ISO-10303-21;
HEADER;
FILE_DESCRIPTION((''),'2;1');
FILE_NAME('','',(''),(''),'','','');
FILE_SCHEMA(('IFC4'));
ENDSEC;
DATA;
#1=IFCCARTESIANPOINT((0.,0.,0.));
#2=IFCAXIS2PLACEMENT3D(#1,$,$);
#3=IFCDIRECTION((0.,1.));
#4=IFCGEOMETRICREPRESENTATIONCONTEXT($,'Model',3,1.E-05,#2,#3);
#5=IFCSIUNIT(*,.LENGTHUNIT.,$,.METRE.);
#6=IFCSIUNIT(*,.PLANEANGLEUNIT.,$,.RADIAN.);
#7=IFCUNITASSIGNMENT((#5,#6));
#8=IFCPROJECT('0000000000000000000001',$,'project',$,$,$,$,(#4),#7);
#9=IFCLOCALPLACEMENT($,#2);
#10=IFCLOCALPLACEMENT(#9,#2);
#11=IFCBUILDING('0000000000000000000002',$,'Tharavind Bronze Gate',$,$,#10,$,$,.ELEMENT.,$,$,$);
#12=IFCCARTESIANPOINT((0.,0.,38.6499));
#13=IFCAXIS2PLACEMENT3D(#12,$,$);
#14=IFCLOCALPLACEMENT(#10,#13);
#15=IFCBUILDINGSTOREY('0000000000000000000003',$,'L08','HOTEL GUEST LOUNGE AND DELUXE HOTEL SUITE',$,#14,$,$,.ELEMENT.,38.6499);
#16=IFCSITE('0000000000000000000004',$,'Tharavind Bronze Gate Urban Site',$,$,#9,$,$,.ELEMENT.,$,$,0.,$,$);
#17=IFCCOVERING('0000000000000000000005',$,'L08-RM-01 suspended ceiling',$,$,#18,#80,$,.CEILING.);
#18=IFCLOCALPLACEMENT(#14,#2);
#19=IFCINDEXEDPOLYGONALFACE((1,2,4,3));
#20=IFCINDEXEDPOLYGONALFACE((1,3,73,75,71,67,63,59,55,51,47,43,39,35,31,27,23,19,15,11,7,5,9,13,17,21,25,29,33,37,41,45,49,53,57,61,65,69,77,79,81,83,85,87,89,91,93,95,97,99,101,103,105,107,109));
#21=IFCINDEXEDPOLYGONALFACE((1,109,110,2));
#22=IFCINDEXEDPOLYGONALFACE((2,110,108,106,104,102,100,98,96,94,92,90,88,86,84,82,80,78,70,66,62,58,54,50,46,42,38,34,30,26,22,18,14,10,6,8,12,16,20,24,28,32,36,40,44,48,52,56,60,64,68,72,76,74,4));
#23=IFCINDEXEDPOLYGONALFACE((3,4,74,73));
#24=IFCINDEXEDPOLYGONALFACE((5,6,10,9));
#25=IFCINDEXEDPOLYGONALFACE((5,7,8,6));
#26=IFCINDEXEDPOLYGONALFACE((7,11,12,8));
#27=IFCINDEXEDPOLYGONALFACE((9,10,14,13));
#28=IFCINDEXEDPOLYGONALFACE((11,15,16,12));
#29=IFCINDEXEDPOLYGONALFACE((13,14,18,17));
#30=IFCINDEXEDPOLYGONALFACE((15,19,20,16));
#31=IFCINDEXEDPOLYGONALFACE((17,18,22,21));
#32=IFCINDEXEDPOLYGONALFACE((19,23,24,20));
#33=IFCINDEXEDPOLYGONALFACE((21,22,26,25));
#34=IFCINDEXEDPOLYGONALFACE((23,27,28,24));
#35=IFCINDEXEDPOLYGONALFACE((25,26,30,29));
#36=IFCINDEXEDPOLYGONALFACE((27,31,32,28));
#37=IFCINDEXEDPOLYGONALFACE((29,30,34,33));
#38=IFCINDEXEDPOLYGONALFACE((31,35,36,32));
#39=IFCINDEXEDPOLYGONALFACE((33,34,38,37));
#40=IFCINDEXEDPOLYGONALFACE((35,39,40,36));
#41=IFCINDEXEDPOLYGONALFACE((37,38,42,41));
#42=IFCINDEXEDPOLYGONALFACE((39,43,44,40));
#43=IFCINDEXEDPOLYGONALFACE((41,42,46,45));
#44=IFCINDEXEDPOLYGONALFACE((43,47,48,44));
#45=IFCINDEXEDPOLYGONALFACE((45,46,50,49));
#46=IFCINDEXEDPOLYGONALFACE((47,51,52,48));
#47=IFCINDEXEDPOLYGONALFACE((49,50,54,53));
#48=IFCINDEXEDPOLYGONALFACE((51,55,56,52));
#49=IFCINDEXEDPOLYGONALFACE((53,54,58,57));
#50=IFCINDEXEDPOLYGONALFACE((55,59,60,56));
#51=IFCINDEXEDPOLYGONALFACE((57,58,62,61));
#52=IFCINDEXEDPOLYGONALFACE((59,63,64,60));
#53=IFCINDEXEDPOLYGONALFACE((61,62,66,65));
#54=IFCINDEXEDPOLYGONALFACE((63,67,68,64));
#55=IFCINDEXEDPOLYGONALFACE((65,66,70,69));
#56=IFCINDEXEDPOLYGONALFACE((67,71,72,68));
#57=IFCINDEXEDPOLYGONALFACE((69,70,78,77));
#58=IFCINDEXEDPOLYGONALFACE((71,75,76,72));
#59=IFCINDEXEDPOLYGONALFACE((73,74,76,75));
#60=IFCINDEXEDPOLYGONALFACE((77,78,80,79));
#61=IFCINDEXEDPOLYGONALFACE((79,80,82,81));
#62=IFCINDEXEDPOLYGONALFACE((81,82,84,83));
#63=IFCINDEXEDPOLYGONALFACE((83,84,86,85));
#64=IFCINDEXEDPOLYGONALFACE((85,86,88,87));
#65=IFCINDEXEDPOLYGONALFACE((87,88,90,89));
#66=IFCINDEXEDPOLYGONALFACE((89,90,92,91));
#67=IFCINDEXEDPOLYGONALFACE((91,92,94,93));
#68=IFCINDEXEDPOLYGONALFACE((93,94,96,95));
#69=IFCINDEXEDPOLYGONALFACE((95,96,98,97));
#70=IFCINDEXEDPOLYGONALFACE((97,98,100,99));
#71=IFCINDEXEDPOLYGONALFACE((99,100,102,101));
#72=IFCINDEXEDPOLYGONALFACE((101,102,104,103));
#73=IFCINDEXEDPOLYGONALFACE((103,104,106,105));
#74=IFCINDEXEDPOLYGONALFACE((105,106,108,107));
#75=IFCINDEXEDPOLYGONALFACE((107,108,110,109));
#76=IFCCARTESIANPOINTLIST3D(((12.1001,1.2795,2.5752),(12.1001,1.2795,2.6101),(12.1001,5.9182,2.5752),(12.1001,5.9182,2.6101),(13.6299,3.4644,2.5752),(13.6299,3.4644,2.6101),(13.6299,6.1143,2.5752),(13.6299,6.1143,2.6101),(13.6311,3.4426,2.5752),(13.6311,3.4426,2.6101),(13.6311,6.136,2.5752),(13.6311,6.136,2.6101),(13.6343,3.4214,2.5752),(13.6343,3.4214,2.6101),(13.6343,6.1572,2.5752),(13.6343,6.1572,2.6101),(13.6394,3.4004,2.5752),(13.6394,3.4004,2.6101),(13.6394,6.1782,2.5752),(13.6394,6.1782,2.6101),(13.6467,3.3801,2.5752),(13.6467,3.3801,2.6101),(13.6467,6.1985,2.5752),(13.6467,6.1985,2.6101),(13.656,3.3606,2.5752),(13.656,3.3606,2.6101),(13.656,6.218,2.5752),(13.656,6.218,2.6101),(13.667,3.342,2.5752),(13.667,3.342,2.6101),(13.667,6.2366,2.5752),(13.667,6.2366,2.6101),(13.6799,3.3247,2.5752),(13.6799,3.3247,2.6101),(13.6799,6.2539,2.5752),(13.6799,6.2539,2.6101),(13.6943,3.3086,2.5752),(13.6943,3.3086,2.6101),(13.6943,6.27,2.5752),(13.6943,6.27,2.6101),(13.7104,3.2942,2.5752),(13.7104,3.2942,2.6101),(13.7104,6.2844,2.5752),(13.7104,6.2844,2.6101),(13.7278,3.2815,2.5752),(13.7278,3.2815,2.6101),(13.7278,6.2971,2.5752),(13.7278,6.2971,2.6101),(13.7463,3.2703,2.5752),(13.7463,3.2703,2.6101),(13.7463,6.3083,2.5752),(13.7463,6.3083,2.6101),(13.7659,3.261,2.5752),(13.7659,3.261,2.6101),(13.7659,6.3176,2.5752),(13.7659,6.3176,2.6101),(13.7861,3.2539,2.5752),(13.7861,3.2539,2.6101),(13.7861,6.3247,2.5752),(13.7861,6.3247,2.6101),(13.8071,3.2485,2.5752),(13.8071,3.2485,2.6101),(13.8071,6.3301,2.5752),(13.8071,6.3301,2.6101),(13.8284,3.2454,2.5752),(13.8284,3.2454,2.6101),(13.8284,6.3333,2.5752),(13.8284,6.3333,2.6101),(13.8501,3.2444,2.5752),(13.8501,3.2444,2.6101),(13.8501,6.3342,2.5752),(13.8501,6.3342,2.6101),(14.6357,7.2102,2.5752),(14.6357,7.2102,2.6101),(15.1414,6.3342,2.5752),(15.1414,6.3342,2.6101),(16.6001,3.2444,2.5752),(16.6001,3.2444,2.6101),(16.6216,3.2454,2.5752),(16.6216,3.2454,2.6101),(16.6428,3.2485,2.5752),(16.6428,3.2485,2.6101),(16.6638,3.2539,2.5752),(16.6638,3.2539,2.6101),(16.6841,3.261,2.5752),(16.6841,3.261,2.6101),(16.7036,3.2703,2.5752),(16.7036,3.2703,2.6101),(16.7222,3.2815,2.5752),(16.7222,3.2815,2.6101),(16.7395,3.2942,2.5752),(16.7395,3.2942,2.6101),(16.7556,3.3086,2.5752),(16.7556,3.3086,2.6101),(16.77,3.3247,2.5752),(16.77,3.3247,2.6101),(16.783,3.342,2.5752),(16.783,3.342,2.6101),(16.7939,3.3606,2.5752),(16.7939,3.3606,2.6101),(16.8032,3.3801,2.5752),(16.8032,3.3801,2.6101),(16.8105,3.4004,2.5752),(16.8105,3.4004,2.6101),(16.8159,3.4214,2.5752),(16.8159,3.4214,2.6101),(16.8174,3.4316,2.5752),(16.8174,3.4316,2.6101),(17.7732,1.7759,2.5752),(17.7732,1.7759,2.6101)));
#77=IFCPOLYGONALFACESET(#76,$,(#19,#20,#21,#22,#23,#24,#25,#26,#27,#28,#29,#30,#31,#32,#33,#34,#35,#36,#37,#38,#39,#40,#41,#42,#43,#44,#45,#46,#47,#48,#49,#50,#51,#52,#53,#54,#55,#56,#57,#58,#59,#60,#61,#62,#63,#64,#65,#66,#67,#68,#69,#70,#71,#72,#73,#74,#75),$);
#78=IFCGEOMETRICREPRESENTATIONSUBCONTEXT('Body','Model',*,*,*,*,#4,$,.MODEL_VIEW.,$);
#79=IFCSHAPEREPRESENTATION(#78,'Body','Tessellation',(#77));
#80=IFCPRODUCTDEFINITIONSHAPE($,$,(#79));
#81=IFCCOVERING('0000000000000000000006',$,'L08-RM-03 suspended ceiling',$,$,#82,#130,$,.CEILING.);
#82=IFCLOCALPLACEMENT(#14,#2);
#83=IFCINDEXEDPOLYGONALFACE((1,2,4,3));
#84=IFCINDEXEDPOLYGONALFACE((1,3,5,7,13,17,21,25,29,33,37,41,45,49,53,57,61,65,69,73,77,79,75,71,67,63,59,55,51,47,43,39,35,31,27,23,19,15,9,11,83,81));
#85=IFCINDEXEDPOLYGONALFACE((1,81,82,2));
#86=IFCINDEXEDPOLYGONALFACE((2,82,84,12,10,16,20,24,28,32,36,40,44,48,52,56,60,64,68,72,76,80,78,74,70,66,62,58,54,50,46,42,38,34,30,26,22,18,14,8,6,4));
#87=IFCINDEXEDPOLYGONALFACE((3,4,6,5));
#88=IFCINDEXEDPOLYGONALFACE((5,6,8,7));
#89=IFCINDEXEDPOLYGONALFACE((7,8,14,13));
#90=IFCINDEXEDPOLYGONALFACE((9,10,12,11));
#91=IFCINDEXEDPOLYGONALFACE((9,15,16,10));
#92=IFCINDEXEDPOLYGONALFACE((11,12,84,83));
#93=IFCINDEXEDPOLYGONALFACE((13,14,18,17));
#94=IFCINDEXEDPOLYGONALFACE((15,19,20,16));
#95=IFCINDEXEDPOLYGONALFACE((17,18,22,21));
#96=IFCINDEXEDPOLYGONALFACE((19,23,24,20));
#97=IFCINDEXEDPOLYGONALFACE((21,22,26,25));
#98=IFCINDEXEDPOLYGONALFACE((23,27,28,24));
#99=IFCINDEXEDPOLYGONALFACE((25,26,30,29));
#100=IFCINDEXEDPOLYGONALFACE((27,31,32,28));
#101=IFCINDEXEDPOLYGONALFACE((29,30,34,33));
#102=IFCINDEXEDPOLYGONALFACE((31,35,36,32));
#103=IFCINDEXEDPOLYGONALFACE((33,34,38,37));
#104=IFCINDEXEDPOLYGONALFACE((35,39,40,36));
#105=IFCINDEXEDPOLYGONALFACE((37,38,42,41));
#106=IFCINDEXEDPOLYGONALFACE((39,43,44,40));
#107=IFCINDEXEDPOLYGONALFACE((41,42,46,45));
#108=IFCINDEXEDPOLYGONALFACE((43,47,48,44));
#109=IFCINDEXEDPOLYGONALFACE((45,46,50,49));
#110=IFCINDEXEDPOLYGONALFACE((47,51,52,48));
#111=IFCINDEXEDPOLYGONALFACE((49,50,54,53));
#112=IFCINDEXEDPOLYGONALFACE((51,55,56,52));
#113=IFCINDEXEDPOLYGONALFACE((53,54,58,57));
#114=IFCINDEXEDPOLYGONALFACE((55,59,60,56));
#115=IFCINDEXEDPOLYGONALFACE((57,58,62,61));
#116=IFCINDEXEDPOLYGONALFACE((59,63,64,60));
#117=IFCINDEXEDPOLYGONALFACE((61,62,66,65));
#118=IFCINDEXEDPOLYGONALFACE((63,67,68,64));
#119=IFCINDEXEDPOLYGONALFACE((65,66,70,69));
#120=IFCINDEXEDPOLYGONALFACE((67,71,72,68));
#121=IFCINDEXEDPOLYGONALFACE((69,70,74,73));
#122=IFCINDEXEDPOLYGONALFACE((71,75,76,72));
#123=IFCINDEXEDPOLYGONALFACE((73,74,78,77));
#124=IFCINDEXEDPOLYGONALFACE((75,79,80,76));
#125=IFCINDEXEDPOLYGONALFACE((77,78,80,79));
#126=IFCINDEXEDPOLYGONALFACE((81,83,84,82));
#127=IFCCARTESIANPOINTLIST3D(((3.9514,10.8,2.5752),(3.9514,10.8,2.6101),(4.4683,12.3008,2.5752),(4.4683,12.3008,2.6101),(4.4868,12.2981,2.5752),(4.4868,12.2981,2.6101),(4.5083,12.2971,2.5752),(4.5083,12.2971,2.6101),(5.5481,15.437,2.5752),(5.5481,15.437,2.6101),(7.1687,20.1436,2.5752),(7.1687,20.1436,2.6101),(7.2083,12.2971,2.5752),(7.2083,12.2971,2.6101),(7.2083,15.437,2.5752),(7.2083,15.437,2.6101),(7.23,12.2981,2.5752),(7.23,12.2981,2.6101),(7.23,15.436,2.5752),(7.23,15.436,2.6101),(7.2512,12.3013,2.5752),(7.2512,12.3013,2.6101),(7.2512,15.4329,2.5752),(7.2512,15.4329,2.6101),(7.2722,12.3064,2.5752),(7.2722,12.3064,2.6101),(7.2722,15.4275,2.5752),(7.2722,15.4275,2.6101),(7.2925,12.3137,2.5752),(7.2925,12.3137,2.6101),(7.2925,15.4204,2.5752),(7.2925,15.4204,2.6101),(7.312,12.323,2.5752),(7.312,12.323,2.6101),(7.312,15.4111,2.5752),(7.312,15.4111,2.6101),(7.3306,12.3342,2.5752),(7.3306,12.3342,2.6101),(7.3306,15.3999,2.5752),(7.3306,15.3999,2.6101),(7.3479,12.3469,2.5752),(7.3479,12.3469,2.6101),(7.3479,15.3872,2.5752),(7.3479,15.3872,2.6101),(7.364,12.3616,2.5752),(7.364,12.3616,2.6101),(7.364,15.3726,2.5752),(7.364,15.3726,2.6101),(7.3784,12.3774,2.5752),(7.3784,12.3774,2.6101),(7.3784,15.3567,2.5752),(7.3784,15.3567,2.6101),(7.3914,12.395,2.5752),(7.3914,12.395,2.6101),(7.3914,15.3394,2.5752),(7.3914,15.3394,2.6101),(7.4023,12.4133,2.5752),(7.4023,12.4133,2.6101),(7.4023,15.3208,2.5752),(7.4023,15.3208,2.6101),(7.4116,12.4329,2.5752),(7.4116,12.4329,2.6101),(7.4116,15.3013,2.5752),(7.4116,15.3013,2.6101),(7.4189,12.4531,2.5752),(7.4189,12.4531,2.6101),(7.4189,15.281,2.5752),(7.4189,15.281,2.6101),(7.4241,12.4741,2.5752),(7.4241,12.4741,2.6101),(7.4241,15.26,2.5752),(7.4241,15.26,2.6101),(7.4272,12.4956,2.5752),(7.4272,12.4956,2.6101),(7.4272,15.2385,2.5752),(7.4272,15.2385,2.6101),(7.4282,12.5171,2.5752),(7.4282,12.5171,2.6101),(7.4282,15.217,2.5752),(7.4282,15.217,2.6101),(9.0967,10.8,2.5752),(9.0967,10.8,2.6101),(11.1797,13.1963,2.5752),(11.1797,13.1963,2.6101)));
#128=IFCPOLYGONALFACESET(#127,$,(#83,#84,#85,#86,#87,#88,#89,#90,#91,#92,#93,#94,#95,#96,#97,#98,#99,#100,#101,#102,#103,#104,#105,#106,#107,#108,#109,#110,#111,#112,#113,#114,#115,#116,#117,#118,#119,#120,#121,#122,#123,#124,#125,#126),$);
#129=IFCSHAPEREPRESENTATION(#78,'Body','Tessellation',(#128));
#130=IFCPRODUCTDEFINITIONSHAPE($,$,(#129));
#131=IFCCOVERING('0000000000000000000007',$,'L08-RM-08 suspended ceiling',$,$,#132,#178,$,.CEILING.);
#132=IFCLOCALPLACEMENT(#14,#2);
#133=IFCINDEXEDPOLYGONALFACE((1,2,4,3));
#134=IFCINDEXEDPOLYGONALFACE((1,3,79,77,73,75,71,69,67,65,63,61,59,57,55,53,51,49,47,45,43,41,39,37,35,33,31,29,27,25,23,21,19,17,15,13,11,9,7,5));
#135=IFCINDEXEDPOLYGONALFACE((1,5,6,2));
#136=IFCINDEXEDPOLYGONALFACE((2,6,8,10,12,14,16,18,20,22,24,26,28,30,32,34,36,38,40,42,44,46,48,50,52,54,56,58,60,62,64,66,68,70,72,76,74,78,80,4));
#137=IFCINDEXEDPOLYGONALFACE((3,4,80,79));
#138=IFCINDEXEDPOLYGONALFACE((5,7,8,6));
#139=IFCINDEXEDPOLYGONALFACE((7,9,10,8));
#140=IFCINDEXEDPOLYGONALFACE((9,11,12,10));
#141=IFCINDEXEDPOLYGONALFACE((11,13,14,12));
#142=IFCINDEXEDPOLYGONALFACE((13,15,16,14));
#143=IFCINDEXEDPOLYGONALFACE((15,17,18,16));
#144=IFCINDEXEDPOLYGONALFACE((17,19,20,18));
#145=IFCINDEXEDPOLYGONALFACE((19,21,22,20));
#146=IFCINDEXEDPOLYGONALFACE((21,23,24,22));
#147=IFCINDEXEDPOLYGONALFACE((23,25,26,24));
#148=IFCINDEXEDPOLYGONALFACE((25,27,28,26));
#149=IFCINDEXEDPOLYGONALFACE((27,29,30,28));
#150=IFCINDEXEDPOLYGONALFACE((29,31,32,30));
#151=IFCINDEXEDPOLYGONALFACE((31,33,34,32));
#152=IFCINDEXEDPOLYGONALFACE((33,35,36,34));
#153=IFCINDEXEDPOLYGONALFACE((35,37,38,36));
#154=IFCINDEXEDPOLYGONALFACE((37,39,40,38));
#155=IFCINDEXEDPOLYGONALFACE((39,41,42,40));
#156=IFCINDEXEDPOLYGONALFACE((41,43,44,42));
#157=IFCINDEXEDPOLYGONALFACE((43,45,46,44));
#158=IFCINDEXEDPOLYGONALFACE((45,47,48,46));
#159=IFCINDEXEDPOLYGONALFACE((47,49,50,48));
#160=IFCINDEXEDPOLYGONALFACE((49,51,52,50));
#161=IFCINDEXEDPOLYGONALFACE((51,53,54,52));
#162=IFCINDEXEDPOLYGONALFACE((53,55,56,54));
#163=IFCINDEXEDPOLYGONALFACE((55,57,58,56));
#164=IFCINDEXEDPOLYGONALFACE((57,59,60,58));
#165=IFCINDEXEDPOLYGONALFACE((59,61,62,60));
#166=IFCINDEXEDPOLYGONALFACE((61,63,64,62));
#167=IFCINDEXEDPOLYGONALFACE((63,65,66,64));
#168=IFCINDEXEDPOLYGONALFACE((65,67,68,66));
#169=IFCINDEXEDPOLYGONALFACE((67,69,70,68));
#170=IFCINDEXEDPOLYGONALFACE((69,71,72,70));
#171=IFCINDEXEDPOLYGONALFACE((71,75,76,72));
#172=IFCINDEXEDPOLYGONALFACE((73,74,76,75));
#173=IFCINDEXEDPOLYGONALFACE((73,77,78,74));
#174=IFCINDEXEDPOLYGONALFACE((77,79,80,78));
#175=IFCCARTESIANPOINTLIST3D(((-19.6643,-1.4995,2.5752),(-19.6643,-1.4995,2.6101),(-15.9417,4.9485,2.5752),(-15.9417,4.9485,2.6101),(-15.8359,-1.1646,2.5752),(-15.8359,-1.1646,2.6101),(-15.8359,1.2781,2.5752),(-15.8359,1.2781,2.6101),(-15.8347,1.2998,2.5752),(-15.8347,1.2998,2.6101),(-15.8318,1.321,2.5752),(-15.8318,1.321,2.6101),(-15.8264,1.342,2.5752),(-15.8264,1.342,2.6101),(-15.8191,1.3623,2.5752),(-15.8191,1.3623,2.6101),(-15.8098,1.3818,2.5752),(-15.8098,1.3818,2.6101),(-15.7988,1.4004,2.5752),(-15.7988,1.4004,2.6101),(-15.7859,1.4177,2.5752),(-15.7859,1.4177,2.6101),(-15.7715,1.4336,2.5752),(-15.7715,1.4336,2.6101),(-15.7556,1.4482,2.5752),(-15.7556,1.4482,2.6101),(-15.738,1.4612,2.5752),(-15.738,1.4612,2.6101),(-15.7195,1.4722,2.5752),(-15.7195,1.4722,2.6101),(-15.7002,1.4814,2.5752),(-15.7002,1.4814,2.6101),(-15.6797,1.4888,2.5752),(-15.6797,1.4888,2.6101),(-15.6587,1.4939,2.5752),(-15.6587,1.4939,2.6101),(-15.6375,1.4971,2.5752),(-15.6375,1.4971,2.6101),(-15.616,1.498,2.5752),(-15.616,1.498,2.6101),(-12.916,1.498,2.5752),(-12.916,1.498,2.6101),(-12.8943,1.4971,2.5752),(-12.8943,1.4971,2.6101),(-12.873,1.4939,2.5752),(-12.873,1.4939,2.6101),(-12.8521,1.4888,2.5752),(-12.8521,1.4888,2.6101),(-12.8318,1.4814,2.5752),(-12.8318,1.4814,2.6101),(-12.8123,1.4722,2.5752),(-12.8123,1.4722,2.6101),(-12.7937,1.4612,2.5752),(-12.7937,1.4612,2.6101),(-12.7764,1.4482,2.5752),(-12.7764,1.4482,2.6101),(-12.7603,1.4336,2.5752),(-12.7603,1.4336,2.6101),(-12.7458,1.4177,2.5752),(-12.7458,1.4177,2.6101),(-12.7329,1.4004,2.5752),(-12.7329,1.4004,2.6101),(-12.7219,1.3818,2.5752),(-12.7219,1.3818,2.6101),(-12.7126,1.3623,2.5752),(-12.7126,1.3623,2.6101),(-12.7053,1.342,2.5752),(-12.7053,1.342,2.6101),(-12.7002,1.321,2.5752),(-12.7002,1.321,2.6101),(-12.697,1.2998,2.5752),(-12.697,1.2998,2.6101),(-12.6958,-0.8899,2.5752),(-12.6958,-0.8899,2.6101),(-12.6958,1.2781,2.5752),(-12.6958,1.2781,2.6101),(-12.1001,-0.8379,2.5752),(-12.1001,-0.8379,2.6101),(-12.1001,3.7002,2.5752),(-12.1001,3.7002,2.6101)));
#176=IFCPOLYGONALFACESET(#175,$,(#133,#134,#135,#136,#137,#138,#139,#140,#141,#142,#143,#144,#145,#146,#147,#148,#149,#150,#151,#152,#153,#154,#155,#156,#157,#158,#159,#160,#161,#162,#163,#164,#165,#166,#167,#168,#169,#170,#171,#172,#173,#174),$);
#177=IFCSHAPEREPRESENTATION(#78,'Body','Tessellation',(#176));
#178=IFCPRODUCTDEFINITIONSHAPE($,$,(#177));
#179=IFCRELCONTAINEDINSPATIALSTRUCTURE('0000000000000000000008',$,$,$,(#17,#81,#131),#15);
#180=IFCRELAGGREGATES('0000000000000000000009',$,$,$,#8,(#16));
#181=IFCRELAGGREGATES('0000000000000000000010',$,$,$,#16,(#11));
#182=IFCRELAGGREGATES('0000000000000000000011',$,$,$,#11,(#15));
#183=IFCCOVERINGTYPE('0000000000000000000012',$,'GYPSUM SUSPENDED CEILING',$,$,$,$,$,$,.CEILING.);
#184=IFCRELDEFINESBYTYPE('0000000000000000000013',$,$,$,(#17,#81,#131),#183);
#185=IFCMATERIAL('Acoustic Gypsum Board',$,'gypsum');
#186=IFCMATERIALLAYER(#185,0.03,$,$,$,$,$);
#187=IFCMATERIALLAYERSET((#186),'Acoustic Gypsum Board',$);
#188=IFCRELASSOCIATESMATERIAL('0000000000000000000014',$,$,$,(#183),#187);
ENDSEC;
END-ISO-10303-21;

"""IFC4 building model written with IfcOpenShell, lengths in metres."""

from ifc_helpers import new_model, si_unit, direction, frame, origin, place, context, subcontext, project, spatial, polyline, outline, extrude, material, layer, layer_set, type_object, element, save


model = new_model("IFC4")

# Units and contexts
model_context = context("Model", 3, precision=1e-05, world=origin(), true_north=direction((0.0, 1.0)))
body_context = subcontext(model_context, "Body", "Model", "MODEL_VIEW")
ifc_project = project(units=[si_unit("LENGTHUNIT", "METRE"), si_unit("PLANEANGLEUNIT", "RADIAN")], contexts=[model_context])

# Site, building, storey
site_placement = place(None, origin())
site = spatial("IfcSite", under=ifc_project, at=site_placement, Name="Tharavind Bronze Gate Urban Site", CompositionType="ELEMENT", RefElevation=0.0)
building_placement = place(site_placement, origin())
building = spatial("IfcBuilding", under=site, at=building_placement, Name="Tharavind Bronze Gate", CompositionType="ELEMENT")
storey_placement = place(building_placement, frame((0.0, 0.0, 38.6499)))
storey = spatial("IfcBuildingStorey", under=building, at=storey_placement, Name="L08", Description="HOTEL GUEST LOUNGE AND DELUXE HOTEL SUITE", CompositionType="ELEMENT", Elevation=38.6499)

# Coverings
ifc_material_1 = material(Name="Acoustic Gypsum Board", Category="gypsum")
ifc_layer_1 = layer(ifc_material_1, 0.03)
ifc_layer_set_1 = layer_set([ifc_layer_1], Name="Acoustic Gypsum Board")
covering_type_1 = type_object("IfcCoveringType", Name="GYPSUM SUSPENDED CEILING", PredefinedType="CEILING", material=ifc_layer_set_1)
covering_1_placement = place(storey_placement, frame((0.0, 0.0, 2.5752)))
element("IfcCovering", 1, at=covering_1_placement, inside=storey, type_object=covering_type_1, Name="L08-RM-01 suspended ceiling", PredefinedType="CEILING", context=body_context, shape_type="SweptSolid", body=[
    extrude(outline(polyline([(17.7732, 1.7759), (16.8174, 3.4316), (16.8159, 3.4214), (16.8105, 3.4004), (16.8032, 3.3801), (16.7939, 3.3606), (16.783, 3.342), (16.77, 3.3247), (16.7556, 3.3086), (16.7395, 3.2942), (16.7222, 3.2815), (16.7036, 3.2703), (16.6841, 3.261), (16.6638, 3.2539), (16.6428, 3.2485), (16.6216, 3.2454), (16.6001, 3.2444), (13.8501, 3.2444), (13.8284, 3.2454), (13.8071, 3.2485), (13.7861, 3.2539), (13.7659, 3.261), (13.7463, 3.2703), (13.7278, 3.2815), (13.7104, 3.2942), (13.6943, 3.3086), (13.6799, 3.3247), (13.667, 3.342), (13.656, 3.3606), (13.6467, 3.3801), (13.6394, 3.4004), (13.6343, 3.4214), (13.6311, 3.4426), (13.6299, 3.4644), (13.6299, 6.1143), (13.6311, 6.136), (13.6343, 6.1572), (13.6394, 6.1782), (13.6467, 6.1985), (13.656, 6.218), (13.667, 6.2366), (13.6799, 6.2539), (13.6943, 6.27), (13.7104, 6.2844), (13.7278, 6.2971), (13.7463, 6.3083), (13.7659, 6.3176), (13.7861, 6.3247), (13.8071, 6.3301), (13.8284, 6.3333), (13.8501, 6.3342), (15.1414, 6.3342), (14.6357, 7.2102), (12.1001, 5.9182), (12.1001, 1.2795), (17.7732, 1.7759)])), origin(), (0.0, 0.0, 1.0), 0.0349),
])
covering_2_placement = place(storey_placement, frame((0.0, 0.0, 2.5752)))
element("IfcCovering", 2, at=covering_2_placement, inside=storey, type_object=covering_type_1, Name="L08-RM-03 suspended ceiling", PredefinedType="CEILING", context=body_context, shape_type="SweptSolid", body=[
    extrude(outline(polyline([(9.0967, 10.8), (11.1797, 13.1963), (7.1687, 20.1436), (5.5481, 15.437), (7.2083, 15.437), (7.23, 15.436), (7.2512, 15.4329), (7.2722, 15.4275), (7.2925, 15.4204), (7.312, 15.4111), (7.3306, 15.3999), (7.3479, 15.3872), (7.364, 15.3726), (7.3784, 15.3567), (7.3914, 15.3394), (7.4023, 15.3208), (7.4116, 15.3013), (7.4189, 15.281), (7.4241, 15.26), (7.4272, 15.2385), (7.4282, 15.217), (7.4282, 12.5171), (7.4272, 12.4956), (7.4241, 12.4741), (7.4189, 12.4531), (7.4116, 12.4329), (7.4023, 12.4133), (7.3914, 12.395), (7.3784, 12.3774), (7.364, 12.3616), (7.3479, 12.3469), (7.3306, 12.3342), (7.312, 12.323), (7.2925, 12.3137), (7.2722, 12.3064), (7.2512, 12.3013), (7.23, 12.2981), (7.2083, 12.2971), (4.5083, 12.2971), (4.4868, 12.2981), (4.4683, 12.3008), (3.9514, 10.8), (9.0967, 10.8)])), origin(), (0.0, 0.0, 1.0), 0.0349),
])
covering_3_placement = place(storey_placement, frame((0.0, 0.0, 2.5752)))
element("IfcCovering", 3, at=covering_3_placement, inside=storey, type_object=covering_type_1, Name="L08-RM-08 suspended ceiling", PredefinedType="CEILING", context=body_context, shape_type="SweptSolid", body=[
    extrude(outline(polyline([(-15.8359, -1.1646), (-15.8359, 1.2781), (-15.8347, 1.2998), (-15.8318, 1.321), (-15.8264, 1.342), (-15.8191, 1.3623), (-15.8098, 1.3818), (-15.7988, 1.4004), (-15.7859, 1.4177), (-15.7715, 1.4336), (-15.7556, 1.4482), (-15.738, 1.4612), (-15.7195, 1.4722), (-15.7002, 1.4814), (-15.6797, 1.4888), (-15.6587, 1.4939), (-15.6375, 1.4971), (-15.616, 1.498), (-12.916, 1.498), (-12.8943, 1.4971), (-12.873, 1.4939), (-12.8521, 1.4888), (-12.8318, 1.4814), (-12.8123, 1.4722), (-12.7937, 1.4612), (-12.7764, 1.4482), (-12.7603, 1.4336), (-12.7458, 1.4177), (-12.7329, 1.4004), (-12.7219, 1.3818), (-12.7126, 1.3623), (-12.7053, 1.342), (-12.7002, 1.321), (-12.697, 1.2998), (-12.6958, 1.2781), (-12.6958, -0.8899), (-12.1001, -0.8379), (-12.1001, 3.7002), (-15.9417, 4.9485), (-19.6643, -1.4995), (-15.8359, -1.1646)])), origin(), (0.0, 0.0, 1.0), 0.0349),
])

save(model, "model.ifc")
